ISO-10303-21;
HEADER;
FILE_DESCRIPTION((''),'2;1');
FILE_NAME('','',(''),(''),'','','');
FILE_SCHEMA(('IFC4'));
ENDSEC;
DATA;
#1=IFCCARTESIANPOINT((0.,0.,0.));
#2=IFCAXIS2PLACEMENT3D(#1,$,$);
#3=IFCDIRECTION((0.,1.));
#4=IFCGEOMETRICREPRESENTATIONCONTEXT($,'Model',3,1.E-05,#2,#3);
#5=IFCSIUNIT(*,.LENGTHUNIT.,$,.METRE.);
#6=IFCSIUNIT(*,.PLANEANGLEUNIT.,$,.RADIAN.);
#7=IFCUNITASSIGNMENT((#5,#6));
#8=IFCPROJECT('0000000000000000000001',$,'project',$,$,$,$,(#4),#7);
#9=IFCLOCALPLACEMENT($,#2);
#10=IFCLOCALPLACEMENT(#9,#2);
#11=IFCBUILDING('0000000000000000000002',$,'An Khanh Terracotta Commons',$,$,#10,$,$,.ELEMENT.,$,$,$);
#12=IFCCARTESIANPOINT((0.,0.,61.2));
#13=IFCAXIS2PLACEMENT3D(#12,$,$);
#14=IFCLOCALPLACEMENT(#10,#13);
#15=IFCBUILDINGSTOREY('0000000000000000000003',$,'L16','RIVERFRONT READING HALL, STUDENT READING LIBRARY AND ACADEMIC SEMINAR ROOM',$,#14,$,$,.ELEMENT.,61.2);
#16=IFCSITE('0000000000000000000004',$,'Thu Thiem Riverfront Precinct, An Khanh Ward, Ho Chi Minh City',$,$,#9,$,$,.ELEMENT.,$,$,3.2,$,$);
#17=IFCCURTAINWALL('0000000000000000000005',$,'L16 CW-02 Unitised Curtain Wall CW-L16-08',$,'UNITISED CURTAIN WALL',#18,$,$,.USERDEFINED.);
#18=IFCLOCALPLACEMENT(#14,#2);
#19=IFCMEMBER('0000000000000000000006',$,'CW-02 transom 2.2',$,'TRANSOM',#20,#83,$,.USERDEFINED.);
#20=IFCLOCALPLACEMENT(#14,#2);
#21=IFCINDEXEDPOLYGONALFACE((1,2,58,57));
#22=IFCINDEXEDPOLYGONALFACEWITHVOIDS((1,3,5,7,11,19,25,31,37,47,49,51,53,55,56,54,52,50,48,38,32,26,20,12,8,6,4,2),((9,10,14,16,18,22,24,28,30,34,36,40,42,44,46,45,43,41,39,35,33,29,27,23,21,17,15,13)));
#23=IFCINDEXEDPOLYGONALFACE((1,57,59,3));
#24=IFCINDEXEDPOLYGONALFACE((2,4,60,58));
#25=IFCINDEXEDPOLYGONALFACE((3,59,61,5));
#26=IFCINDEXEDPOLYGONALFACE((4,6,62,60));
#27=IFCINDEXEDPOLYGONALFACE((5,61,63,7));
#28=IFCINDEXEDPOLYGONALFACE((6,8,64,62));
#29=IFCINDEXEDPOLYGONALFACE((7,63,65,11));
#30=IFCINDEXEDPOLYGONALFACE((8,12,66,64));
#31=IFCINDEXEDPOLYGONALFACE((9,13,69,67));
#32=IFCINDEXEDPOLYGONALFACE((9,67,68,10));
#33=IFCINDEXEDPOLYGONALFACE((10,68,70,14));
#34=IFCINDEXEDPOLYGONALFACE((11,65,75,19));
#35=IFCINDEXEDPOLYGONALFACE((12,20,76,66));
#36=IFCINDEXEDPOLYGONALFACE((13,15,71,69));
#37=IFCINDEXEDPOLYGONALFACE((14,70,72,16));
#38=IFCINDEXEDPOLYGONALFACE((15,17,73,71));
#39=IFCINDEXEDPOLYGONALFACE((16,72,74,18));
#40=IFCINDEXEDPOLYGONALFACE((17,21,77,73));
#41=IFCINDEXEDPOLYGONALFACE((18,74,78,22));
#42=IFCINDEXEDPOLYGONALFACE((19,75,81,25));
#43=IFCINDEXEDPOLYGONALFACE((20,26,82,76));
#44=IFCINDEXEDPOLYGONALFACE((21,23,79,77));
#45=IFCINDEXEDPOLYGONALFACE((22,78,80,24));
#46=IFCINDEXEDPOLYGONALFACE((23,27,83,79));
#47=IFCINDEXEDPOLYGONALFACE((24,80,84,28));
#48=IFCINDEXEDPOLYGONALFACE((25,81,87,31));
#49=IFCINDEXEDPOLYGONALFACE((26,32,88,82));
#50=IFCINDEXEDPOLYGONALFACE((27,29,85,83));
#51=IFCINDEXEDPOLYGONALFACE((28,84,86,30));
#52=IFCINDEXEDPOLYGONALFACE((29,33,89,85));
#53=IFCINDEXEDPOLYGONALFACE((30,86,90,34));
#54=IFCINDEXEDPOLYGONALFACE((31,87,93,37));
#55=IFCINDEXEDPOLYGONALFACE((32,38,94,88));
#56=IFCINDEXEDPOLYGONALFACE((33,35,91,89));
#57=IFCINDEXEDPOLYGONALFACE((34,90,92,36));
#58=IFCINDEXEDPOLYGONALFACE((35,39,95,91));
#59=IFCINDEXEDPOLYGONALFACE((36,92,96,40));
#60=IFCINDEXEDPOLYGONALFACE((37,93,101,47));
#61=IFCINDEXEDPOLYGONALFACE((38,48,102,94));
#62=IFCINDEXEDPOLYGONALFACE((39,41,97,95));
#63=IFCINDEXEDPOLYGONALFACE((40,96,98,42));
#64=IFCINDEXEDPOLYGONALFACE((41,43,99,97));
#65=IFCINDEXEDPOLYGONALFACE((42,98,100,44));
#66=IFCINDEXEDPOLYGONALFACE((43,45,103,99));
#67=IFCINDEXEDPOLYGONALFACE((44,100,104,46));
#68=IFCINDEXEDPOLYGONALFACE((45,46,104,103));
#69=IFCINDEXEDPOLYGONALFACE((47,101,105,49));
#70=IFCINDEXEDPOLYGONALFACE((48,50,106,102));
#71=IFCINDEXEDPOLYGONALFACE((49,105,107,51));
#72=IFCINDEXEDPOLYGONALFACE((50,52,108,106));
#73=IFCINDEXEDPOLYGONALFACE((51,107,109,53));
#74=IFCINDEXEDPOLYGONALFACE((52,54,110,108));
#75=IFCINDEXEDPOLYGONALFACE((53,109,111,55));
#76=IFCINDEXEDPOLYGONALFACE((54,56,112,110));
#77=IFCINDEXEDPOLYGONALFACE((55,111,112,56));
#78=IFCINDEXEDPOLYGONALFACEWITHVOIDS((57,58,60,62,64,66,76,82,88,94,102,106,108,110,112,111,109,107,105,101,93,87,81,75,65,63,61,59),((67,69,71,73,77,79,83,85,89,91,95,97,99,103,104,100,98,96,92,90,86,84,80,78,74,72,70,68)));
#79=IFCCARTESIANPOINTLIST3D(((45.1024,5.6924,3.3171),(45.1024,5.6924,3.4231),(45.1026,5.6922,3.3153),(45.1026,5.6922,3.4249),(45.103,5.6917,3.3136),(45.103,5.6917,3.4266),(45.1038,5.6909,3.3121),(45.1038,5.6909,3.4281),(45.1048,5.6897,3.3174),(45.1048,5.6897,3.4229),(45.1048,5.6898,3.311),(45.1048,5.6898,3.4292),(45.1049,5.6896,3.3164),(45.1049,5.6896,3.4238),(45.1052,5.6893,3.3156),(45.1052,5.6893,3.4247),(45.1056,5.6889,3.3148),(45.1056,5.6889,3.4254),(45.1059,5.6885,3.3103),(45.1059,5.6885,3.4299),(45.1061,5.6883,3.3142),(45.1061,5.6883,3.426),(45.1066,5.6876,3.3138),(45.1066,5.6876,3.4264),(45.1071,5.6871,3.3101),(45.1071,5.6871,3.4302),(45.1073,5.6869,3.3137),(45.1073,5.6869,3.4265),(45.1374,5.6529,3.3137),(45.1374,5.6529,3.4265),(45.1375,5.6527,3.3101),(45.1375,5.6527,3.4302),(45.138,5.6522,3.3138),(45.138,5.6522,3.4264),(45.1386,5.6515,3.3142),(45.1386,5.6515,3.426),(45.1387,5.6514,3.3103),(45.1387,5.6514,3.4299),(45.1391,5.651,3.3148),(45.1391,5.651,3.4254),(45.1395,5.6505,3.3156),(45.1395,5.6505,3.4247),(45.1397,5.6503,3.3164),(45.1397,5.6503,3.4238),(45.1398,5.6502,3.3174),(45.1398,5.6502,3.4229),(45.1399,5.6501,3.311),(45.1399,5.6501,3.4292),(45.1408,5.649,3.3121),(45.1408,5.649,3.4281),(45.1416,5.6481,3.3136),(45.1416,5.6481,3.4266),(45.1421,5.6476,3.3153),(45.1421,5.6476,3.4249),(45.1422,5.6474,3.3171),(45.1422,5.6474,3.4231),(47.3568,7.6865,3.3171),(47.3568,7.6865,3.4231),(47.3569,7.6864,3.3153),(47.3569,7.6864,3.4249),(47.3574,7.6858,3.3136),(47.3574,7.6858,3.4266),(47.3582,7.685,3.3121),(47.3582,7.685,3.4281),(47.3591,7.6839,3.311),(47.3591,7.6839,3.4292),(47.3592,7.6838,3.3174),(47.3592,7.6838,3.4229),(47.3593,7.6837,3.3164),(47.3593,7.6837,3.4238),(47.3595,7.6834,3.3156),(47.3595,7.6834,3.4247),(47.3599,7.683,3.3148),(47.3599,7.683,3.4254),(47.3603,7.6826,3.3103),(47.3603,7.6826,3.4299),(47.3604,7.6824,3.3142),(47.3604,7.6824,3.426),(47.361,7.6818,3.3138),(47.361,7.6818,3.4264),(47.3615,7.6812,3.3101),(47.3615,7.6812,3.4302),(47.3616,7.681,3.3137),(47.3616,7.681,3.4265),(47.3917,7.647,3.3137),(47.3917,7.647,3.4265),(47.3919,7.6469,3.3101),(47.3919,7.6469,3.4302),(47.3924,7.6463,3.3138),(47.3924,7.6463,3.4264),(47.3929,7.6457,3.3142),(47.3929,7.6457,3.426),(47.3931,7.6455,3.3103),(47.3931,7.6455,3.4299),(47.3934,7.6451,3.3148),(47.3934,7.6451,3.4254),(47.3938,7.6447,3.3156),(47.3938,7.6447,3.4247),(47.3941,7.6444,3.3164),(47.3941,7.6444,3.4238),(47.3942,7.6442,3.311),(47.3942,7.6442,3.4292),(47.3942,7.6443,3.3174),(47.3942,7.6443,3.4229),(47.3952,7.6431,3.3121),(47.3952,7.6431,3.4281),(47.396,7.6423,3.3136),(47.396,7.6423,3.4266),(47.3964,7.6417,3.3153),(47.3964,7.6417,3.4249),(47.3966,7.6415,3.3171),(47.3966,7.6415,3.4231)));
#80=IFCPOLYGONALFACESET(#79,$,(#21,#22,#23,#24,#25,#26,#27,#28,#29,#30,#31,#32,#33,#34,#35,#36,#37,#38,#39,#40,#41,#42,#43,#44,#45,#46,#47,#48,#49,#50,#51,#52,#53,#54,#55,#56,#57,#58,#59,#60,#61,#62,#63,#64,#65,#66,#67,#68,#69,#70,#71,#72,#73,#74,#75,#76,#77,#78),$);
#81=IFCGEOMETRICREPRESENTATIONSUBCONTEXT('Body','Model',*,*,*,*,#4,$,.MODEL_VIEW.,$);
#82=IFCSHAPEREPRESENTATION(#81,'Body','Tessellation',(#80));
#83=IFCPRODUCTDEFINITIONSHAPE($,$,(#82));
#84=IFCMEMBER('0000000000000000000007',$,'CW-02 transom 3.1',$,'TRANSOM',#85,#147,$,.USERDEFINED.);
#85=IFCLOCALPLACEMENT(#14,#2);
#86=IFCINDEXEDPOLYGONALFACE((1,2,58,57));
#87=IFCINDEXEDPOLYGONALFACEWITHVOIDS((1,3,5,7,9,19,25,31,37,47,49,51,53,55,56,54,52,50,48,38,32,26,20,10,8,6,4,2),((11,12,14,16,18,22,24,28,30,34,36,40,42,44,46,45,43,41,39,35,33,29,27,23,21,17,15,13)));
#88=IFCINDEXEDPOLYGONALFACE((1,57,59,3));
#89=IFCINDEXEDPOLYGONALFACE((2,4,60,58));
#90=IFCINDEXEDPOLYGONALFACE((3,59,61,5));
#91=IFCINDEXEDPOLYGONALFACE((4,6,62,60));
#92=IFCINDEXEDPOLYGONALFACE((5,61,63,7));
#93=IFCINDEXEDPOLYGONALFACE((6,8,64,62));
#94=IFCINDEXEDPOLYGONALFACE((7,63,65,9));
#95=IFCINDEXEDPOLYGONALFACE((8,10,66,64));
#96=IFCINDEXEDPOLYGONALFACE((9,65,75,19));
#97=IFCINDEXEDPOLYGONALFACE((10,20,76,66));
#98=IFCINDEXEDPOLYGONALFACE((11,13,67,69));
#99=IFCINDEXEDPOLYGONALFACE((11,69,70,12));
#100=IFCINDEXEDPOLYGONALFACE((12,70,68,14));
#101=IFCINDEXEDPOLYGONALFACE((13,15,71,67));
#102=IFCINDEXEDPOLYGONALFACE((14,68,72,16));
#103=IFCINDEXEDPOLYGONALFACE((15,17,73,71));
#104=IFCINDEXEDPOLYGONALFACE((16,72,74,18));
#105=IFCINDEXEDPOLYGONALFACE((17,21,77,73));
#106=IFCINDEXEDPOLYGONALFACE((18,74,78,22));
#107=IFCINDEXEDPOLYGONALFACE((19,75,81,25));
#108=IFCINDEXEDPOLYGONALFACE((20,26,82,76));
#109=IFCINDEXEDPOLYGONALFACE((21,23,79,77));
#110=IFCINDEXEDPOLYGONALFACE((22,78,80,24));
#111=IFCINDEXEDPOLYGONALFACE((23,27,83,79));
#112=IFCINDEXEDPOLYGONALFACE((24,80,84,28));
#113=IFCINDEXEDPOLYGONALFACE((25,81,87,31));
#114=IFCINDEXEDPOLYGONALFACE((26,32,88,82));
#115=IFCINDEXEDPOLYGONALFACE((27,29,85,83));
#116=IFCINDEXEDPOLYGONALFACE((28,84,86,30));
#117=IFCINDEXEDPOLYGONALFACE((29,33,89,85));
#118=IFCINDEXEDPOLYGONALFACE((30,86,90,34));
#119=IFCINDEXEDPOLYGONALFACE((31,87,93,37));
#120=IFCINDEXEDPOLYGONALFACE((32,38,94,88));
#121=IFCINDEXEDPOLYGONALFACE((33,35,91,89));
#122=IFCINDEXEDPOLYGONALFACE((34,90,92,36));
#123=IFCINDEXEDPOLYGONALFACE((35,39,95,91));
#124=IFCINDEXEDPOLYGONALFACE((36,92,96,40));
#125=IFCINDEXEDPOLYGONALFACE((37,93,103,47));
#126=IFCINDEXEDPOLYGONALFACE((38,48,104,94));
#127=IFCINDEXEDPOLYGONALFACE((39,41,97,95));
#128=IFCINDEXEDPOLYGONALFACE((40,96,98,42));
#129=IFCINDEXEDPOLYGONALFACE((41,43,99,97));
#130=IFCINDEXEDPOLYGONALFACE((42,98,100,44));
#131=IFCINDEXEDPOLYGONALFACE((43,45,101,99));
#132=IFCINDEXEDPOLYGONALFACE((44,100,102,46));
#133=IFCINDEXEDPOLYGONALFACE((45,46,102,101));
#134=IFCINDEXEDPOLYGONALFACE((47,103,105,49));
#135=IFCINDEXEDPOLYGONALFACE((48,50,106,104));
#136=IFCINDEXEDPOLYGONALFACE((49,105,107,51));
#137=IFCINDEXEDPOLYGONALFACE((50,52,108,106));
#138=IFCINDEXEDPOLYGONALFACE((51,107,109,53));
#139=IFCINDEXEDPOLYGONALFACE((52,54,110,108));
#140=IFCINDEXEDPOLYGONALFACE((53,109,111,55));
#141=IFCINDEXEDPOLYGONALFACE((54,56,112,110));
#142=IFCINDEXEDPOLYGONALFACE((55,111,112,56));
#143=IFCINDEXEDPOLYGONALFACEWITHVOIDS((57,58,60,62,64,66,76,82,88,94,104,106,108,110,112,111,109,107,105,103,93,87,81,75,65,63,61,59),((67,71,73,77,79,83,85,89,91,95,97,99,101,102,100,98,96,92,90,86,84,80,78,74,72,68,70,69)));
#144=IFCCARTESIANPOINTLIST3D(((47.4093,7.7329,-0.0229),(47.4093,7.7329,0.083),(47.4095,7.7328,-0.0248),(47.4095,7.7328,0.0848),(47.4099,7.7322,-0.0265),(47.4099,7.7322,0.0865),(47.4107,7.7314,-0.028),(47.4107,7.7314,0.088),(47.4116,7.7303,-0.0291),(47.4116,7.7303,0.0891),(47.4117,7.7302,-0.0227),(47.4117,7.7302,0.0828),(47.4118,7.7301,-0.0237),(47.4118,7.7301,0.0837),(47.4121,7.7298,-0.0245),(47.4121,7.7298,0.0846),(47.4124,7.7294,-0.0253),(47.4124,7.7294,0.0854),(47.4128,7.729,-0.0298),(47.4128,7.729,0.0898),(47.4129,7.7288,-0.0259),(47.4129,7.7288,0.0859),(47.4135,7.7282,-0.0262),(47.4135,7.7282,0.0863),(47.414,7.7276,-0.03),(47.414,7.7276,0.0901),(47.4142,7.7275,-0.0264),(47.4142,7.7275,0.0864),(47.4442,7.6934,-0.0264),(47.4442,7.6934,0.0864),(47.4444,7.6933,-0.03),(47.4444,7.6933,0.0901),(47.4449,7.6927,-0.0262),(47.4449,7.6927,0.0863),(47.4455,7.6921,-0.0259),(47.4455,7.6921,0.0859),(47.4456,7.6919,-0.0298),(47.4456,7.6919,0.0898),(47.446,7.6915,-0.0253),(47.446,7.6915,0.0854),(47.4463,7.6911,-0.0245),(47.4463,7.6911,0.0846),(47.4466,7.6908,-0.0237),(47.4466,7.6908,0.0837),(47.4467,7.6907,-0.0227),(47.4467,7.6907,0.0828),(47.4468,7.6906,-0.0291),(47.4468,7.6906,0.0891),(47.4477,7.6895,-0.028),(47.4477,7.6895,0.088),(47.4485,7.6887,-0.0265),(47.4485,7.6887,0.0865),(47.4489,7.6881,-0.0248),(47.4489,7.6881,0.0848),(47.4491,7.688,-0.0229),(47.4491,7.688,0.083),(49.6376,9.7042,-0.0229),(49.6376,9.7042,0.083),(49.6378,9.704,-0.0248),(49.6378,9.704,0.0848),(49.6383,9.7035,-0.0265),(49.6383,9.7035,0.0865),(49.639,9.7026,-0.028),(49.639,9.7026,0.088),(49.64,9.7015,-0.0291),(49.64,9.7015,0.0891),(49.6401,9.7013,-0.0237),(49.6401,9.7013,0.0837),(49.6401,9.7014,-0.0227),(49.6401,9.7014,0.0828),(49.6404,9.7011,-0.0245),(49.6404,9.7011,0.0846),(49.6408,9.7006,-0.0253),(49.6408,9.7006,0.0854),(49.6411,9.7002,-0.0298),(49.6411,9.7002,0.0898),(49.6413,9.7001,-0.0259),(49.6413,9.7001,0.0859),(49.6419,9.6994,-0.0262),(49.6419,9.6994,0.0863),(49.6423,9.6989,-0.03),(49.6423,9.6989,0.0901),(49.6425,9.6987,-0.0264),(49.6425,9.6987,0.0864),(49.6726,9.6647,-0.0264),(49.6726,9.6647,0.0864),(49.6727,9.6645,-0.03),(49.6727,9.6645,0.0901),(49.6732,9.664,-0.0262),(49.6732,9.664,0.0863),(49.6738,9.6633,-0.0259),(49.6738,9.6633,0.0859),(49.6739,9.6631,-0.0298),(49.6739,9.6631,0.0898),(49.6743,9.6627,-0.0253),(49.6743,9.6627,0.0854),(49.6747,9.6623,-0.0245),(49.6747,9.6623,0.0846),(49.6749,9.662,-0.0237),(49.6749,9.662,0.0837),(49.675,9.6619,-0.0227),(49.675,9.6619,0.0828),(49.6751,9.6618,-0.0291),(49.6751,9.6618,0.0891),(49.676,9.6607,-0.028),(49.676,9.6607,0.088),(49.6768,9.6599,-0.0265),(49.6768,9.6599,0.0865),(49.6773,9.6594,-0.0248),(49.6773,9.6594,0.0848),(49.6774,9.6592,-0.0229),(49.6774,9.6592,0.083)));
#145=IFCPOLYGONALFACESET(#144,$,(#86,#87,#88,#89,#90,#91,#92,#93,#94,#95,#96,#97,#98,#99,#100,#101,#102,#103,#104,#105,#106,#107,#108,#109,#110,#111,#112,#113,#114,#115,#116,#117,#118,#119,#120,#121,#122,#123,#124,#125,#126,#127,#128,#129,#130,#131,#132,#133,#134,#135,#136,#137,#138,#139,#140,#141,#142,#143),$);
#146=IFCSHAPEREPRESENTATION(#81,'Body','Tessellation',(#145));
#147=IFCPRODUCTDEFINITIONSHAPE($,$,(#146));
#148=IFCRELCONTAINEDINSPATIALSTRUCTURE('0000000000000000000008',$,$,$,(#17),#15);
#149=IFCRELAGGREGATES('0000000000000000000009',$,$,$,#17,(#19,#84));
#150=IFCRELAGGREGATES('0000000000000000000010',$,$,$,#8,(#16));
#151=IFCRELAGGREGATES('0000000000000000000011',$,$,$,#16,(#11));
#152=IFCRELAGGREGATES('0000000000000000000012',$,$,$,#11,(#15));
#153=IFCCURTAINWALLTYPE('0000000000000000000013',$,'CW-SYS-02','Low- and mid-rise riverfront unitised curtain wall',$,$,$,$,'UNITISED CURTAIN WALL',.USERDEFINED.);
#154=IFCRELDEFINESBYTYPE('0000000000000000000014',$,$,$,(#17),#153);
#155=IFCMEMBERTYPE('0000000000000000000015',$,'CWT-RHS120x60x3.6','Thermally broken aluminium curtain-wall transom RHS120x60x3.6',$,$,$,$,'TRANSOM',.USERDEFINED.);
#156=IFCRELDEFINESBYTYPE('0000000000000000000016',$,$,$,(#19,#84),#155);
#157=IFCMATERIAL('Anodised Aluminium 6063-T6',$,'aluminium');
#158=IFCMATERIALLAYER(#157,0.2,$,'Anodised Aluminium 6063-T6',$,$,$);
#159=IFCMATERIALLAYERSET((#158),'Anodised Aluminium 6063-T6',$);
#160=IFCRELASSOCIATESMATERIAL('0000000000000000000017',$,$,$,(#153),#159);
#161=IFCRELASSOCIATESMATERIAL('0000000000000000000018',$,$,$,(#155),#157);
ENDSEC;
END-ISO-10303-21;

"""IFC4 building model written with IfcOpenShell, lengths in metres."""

from ifc_helpers import new_model, si_unit, direction, frame, origin, origin_2d, place, context, subcontext, project, spatial, hollow_rectangle, extrude, material, layer, layer_set, material_profile, profile_set, type_object, element, aggregate, save


model = new_model("IFC4")

# Units and contexts
model_context = context("Model", 3, precision=1e-05, world=origin(), true_north=direction((0.0, 1.0)))
body_context = subcontext(model_context, "Body", "Model", "MODEL_VIEW")
ifc_project = project(units=[si_unit("LENGTHUNIT", "METRE"), si_unit("PLANEANGLEUNIT", "RADIAN")], contexts=[model_context])

# Site, building, storey
site_placement = place(None, origin())
site = spatial("IfcSite", under=ifc_project, at=site_placement, Name="Thu Thiem Riverfront Precinct, An Khanh Ward, Ho Chi Minh City", CompositionType="ELEMENT", RefElevation=3.2)
building_placement = place(site_placement, origin())
building = spatial("IfcBuilding", under=site, at=building_placement, Name="An Khanh Terracotta Commons", CompositionType="ELEMENT")
storey_placement = place(building_placement, frame((0.0, 0.0, 61.2)))
storey = spatial("IfcBuildingStorey", under=building, at=storey_placement, Name="L16", Description="RIVERFRONT READING HALL, STUDENT READING LIBRARY AND ACADEMIC SEMINAR ROOM", CompositionType="ELEMENT", Elevation=61.2)

# Curtain wall
ifc_material_1 = material(Name="Anodised Aluminium 6063-T6", Category="aluminium")
ifc_layer_1 = layer(ifc_material_1, 0.2, Name="Anodised Aluminium 6063-T6")
ifc_layer_set_1 = layer_set([ifc_layer_1], Name="Anodised Aluminium 6063-T6")
curtain_wall_type = type_object("IfcCurtainWallType", Name="CW-SYS-02", Description="Low- and mid-rise riverfront unitised curtain wall", ElementType="UNITISED CURTAIN WALL", PredefinedType="USERDEFINED", material=ifc_layer_set_1)
curtain_wall_1_placement = place(storey_placement, origin())
curtain_wall_1 = element("IfcCurtainWall", 1, at=curtain_wall_1_placement, inside=storey, type_object=curtain_wall_type, Name="L16 CW-02 Unitised Curtain Wall CW-L16-08", ObjectType="UNITISED CURTAIN WALL", PredefinedType="USERDEFINED")

# Members
ifc_material_profile_1 = material_profile(ifc_material_1, hollow_rectangle(XDim=0.0601, YDim=0.1201, WallThickness=0.0037, InnerFilletRadius=0.0037, OuterFilletRadius=0.0071, at=origin_2d()), Name="RHS120x60x3.6")
ifc_profile_set_1 = profile_set([ifc_material_profile_1], Name="Anodised Aluminium 6063-T6")
member_type_1 = type_object("IfcMemberType", Name="CWT-RHS120x60x3.6", Description="Thermally broken aluminium curtain-wall transom RHS120x60x3.6", ElementType="TRANSOM", PredefinedType="USERDEFINED", material=ifc_profile_set_1)
member_1_placement = place(storey_placement, frame((45.1223, 5.6699, 3.3701), z_axis=(0.749018, 0.662549, 0.0), x_axis=(-0.662549, 0.749018, 0.0)))
member_1 = element("IfcMember", 2, at=member_1_placement, type_object=member_type_1, Name="CW-02 transom 2.2", ObjectType="TRANSOM", PredefinedType="USERDEFINED", context=body_context, shape_type="SweptSolid", body=[
    extrude(hollow_rectangle(XDim=0.0601, YDim=0.1201, WallThickness=0.0037, InnerFilletRadius=0.0037, OuterFilletRadius=0.0071, at=origin_2d()), origin(), (0.0, 0.0, 1.0), 3.0098),
])
member_2_placement = place(storey_placement, frame((47.4292, 7.7104, 0.03), z_axis=(0.748992, 0.662579, 0.0), x_axis=(-0.662579, 0.748992, 0.0)))
member_2 = element("IfcMember", 3, at=member_2_placement, type_object=member_type_1, Name="CW-02 transom 3.1", ObjectType="TRANSOM", PredefinedType="USERDEFINED", context=body_context, shape_type="SweptSolid", body=[
    extrude(hollow_rectangle(XDim=0.0601, YDim=0.1201, WallThickness=0.0037, InnerFilletRadius=0.0037, OuterFilletRadius=0.0071, at=origin_2d()), origin(), (0.0, 0.0, 1.0), 2.9751),
])

aggregate(curtain_wall_1, [member_1, member_2])

save(model, "model.ifc")
